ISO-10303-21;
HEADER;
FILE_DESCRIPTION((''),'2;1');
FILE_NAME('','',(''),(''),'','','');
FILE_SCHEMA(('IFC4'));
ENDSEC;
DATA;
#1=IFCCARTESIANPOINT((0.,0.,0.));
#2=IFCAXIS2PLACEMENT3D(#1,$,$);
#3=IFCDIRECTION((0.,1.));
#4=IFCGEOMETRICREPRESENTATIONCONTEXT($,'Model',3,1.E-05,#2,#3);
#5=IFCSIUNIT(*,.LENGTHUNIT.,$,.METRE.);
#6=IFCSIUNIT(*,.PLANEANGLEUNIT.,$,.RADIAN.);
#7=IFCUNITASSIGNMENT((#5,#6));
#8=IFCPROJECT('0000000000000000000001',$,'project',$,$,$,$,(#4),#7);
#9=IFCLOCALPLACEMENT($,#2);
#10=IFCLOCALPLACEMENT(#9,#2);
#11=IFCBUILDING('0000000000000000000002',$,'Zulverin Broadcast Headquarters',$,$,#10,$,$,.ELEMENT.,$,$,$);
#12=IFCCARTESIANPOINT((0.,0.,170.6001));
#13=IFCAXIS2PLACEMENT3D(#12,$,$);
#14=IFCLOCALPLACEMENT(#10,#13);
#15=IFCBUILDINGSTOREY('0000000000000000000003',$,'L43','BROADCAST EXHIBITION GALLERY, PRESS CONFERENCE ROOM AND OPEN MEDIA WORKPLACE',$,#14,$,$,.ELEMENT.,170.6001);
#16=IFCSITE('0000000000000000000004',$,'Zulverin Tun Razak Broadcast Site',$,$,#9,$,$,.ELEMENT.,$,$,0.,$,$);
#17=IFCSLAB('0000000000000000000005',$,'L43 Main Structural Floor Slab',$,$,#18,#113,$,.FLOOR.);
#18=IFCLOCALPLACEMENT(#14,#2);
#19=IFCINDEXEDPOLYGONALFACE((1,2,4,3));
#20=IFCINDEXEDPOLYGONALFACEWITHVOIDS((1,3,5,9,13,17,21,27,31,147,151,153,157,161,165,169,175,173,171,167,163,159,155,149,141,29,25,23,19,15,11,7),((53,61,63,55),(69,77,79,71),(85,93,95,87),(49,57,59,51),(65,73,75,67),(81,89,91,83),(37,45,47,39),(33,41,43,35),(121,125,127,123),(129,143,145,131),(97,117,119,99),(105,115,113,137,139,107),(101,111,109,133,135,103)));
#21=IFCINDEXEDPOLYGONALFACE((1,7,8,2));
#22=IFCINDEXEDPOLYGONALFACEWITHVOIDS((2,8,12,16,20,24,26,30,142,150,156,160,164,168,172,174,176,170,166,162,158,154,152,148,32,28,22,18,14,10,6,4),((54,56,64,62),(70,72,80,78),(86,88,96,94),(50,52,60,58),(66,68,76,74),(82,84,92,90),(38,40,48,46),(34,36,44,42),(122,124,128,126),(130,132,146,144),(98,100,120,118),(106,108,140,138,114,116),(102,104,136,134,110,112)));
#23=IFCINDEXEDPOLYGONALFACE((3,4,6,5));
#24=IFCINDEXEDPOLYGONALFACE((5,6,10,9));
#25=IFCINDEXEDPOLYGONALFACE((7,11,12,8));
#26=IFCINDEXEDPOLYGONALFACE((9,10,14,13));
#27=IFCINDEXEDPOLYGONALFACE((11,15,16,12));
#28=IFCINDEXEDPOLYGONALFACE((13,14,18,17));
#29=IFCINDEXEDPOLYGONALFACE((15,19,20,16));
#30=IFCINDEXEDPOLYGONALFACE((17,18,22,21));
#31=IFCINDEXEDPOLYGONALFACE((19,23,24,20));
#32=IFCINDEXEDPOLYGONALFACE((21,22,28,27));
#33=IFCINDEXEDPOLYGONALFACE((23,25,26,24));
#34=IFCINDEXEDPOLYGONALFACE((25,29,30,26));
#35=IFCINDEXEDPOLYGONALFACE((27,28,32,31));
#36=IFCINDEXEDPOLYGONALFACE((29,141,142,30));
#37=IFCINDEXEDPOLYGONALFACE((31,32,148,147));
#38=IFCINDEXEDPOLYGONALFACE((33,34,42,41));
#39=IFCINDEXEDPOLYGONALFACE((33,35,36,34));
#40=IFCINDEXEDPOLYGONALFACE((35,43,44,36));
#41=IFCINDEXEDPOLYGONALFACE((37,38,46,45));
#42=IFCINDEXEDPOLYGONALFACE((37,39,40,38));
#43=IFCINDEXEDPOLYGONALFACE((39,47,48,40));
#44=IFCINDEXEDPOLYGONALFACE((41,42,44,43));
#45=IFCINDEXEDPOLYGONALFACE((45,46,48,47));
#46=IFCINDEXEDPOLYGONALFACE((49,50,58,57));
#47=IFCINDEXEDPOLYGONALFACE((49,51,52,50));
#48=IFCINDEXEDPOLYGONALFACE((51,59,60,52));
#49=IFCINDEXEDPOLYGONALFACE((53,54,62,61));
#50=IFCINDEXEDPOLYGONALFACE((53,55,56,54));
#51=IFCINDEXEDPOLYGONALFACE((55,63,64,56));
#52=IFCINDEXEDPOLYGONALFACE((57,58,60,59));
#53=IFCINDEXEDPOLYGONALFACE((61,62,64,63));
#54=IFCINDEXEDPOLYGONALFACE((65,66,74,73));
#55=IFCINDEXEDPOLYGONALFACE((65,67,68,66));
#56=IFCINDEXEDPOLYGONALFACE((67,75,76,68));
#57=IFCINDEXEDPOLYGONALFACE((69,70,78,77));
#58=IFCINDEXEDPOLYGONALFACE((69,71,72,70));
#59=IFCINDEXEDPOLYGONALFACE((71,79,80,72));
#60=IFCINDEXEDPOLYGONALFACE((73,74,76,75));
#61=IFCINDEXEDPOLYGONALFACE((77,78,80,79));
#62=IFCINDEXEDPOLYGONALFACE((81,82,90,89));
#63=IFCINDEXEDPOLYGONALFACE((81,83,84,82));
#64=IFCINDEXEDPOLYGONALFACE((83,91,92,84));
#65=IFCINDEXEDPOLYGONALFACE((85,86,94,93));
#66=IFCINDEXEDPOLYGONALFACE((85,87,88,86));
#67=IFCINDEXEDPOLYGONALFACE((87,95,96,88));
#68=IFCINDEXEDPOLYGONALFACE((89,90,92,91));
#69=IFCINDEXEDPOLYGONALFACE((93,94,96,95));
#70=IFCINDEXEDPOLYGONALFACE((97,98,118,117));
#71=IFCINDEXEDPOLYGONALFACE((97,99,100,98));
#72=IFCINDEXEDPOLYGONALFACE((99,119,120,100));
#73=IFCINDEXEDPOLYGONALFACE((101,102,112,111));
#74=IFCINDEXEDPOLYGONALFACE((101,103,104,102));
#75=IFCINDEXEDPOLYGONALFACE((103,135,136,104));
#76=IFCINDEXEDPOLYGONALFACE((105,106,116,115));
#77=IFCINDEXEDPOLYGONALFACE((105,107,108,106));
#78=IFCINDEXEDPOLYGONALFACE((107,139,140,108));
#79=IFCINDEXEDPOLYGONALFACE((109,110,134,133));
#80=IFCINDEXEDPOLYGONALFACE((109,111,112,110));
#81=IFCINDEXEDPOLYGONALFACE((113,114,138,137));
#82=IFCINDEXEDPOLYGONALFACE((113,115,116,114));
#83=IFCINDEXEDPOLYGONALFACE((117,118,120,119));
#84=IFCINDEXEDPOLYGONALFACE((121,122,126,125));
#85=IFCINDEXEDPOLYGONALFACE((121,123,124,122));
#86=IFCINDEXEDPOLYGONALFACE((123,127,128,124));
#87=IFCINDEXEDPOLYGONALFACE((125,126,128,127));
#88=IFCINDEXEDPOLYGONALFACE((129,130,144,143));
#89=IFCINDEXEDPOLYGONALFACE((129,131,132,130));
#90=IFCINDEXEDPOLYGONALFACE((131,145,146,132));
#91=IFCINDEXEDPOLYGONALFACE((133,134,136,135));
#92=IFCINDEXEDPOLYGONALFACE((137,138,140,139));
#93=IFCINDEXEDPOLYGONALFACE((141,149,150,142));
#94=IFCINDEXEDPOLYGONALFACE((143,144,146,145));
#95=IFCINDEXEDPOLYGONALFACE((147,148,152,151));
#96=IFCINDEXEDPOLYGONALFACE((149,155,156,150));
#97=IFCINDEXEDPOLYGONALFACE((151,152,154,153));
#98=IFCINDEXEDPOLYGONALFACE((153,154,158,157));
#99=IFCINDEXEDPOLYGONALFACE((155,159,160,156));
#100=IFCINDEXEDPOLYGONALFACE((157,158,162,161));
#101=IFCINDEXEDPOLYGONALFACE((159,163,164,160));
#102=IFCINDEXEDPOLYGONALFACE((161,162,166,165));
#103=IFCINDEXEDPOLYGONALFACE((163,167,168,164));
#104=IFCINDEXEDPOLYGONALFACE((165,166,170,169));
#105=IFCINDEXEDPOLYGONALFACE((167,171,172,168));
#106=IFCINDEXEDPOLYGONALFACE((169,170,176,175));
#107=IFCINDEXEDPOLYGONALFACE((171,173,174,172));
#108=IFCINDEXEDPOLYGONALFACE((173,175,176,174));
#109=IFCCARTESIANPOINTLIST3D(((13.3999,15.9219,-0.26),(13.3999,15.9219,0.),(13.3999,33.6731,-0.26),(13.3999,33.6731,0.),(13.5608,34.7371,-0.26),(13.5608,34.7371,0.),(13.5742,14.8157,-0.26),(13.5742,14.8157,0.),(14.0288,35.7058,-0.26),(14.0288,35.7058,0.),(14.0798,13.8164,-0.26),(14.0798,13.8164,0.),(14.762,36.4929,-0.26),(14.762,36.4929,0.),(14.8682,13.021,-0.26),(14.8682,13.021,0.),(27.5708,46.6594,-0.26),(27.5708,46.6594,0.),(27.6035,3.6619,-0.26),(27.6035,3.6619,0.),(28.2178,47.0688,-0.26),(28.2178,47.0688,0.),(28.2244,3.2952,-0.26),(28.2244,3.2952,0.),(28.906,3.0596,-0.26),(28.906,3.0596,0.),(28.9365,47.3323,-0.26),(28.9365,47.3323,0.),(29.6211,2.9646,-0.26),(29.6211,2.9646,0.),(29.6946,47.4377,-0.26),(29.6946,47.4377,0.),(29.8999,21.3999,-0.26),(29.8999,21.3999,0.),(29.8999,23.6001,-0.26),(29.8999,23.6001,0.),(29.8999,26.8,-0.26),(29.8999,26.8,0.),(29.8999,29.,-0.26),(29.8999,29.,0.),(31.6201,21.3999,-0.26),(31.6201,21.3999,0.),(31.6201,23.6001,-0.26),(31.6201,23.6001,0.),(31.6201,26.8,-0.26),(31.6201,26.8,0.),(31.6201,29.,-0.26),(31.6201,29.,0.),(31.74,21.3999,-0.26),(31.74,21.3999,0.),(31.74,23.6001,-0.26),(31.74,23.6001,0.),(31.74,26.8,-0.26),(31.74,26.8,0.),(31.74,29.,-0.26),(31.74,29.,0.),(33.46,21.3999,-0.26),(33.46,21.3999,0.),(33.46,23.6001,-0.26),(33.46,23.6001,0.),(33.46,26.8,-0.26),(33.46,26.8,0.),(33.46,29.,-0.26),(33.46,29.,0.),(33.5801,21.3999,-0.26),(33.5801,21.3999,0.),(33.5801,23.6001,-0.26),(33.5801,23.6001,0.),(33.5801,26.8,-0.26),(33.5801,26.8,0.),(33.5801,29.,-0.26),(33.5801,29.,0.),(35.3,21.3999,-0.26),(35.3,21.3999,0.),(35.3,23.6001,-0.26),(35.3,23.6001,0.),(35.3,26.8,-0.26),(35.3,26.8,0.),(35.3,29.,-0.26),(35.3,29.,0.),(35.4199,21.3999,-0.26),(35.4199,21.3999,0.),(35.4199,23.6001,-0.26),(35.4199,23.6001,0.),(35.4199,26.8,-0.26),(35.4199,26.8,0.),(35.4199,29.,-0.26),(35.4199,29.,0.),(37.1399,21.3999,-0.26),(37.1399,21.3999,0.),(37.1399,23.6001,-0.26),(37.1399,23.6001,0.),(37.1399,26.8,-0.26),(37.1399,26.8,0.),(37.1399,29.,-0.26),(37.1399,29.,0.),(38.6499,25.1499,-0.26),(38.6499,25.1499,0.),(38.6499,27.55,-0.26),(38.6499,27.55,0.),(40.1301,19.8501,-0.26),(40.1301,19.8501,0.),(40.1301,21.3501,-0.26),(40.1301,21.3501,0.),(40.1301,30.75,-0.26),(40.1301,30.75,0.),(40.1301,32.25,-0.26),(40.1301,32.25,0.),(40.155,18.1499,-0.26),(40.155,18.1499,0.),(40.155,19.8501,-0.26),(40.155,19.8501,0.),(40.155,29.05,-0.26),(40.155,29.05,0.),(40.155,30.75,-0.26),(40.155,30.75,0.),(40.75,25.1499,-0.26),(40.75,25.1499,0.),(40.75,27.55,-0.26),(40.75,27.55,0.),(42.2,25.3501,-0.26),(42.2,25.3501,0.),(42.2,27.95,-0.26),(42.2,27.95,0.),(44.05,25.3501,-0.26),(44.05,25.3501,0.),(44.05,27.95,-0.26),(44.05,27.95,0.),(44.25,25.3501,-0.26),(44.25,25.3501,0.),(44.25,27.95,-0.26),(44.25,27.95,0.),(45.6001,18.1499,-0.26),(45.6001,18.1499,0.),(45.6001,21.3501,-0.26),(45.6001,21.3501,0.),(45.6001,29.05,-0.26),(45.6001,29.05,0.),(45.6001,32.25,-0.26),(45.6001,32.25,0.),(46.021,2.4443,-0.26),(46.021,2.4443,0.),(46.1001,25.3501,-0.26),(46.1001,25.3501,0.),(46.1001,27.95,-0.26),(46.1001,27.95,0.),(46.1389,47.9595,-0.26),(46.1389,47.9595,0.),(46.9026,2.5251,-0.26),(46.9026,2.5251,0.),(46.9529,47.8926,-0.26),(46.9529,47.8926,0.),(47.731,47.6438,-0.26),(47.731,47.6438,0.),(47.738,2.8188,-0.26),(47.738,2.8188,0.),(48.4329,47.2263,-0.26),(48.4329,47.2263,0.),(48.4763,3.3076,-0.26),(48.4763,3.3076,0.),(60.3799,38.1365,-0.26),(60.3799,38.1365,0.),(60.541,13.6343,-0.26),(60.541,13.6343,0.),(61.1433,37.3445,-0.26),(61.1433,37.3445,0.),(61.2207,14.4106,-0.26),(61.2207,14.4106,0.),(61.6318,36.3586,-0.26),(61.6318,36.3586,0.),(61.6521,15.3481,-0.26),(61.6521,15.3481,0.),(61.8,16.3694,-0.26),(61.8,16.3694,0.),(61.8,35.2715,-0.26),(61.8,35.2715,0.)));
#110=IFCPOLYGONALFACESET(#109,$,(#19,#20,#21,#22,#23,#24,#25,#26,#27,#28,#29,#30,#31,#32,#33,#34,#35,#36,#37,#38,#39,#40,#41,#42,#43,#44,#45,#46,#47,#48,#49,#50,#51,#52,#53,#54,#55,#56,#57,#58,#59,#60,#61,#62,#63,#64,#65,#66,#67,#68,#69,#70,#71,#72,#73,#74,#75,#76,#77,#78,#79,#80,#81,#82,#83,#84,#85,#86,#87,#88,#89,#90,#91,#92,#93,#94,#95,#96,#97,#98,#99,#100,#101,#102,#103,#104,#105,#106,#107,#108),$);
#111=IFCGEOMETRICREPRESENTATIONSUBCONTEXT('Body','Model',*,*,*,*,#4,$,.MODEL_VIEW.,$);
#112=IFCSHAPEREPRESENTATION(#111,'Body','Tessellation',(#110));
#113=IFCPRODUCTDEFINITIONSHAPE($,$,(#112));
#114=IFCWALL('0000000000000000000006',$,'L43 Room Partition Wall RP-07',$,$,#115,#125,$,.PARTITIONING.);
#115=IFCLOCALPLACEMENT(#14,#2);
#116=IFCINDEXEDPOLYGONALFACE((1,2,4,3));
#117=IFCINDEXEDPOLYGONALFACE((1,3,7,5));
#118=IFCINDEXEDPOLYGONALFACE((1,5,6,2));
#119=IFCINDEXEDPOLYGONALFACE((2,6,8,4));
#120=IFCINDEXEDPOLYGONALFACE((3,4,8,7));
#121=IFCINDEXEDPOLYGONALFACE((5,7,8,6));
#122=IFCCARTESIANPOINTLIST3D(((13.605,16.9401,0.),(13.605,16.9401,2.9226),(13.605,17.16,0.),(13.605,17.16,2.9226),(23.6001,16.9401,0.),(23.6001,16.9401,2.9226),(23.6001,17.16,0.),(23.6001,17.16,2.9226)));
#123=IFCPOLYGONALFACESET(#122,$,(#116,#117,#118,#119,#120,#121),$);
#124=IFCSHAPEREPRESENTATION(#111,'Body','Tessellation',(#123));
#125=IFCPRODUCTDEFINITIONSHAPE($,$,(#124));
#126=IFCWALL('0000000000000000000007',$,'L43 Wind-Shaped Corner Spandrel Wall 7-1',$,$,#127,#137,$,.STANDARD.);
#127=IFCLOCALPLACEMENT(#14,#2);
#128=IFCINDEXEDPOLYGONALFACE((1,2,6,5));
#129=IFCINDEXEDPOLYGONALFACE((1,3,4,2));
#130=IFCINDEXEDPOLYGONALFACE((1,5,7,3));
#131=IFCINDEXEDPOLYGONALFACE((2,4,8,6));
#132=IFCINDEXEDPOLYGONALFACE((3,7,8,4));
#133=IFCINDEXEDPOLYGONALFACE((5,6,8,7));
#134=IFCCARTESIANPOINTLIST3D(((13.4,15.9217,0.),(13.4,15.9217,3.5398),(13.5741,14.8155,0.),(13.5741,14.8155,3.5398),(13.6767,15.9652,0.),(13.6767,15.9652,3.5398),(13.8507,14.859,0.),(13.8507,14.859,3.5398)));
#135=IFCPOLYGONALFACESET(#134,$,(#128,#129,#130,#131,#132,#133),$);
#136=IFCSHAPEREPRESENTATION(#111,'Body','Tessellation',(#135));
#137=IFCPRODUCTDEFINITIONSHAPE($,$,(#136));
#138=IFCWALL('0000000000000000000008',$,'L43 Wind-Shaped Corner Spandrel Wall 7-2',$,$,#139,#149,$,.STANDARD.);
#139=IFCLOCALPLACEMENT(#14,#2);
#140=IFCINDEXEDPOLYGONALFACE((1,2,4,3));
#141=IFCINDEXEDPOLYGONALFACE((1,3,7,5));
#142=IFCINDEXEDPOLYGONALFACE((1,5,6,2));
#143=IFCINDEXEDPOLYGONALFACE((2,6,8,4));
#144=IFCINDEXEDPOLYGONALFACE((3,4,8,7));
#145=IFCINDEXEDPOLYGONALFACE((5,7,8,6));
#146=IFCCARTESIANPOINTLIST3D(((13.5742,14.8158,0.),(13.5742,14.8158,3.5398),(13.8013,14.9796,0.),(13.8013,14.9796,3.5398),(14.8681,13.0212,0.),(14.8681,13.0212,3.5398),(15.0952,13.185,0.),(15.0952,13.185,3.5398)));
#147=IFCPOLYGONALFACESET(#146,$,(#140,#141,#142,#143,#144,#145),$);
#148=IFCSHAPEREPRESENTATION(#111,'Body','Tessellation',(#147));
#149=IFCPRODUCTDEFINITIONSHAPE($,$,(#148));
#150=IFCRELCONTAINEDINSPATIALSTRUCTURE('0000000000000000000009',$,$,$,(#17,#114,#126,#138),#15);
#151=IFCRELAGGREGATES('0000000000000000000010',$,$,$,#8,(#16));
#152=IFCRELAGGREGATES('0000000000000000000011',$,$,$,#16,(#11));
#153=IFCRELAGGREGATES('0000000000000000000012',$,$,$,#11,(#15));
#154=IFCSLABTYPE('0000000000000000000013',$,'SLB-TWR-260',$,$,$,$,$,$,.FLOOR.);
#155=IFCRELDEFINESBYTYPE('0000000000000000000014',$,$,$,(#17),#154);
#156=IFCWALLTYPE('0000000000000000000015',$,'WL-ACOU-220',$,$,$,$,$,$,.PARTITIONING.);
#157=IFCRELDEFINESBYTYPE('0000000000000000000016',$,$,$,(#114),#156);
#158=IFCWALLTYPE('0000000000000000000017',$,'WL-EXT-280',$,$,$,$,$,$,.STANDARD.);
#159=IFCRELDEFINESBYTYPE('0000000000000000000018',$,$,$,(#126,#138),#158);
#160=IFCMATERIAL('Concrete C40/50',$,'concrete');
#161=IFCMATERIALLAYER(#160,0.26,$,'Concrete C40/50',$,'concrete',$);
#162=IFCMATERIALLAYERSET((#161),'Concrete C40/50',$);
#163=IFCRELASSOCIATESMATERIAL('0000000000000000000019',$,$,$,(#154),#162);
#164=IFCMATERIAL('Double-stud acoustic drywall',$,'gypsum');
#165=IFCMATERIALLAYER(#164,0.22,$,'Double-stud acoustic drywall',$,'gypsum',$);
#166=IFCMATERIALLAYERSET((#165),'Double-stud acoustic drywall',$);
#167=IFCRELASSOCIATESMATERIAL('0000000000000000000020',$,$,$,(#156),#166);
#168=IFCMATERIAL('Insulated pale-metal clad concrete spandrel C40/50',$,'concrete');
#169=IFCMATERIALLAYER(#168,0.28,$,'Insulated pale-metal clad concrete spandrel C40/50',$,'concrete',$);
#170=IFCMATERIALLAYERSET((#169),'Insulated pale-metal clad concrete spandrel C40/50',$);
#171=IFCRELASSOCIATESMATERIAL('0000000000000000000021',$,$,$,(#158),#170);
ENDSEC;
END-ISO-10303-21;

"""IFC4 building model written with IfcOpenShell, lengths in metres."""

from ifc_helpers import new_model, si_unit, direction, frame, frame_2d, origin, place, context, subcontext, project, spatial, polyline, rectangle, outline, extrude, material, layer, layer_set, type_object, element, save


model = new_model("IFC4")

# Units and contexts
model_context = context("Model", 3, precision=1e-05, world=origin(), true_north=direction((0.0, 1.0)))
body_context = subcontext(model_context, "Body", "Model", "MODEL_VIEW")
ifc_project = project(units=[si_unit("LENGTHUNIT", "METRE"), si_unit("PLANEANGLEUNIT", "RADIAN")], contexts=[model_context])

# Site, building, storey
site_placement = place(None, origin())
site = spatial("IfcSite", under=ifc_project, at=site_placement, Name="Zulverin Tun Razak Broadcast Site", CompositionType="ELEMENT", RefElevation=0.0)
building_placement = place(site_placement, origin())
building = spatial("IfcBuilding", under=site, at=building_placement, Name="Zulverin Broadcast Headquarters", CompositionType="ELEMENT")
storey_placement = place(building_placement, frame((0.0, 0.0, 170.6001)))
storey = spatial("IfcBuildingStorey", under=building, at=storey_placement, Name="L43", Description="BROADCAST EXHIBITION GALLERY, PRESS CONFERENCE ROOM AND OPEN MEDIA WORKPLACE", CompositionType="ELEMENT", Elevation=170.6001)

# Shared definitions
ifc_material_1 = material(Name="Concrete C40/50", Category="concrete")

# Slab
ifc_layer_1 = layer(ifc_material_1, 0.26, Name="Concrete C40/50", Category="concrete")
ifc_layer_set_1 = layer_set([ifc_layer_1], Name="Concrete C40/50")
slab_type_1 = type_object("IfcSlabType", Name="SLB-TWR-260", PredefinedType="FLOOR", material=ifc_layer_set_1)
slab_1_placement = place(storey_placement, frame((0.0, 0.0, -0.26)))
element("IfcSlab", 1, at=slab_1_placement, inside=storey, type_object=slab_type_1, Name="L43 Main Structural Floor Slab", PredefinedType="FLOOR", context=body_context, shape_type="SweptSolid", body=[
    extrude(outline(polyline([(27.6035, 3.6619), (28.2244, 3.2952), (28.906, 3.0596), (29.6211, 2.9646), (46.021, 2.4443), (46.9026, 2.5251), (47.738, 2.8188), (48.4763, 3.3076), (60.541, 13.6343), (61.2207, 14.4106), (61.6521, 15.3481), (61.8, 16.3694), (61.8, 35.2715), (61.6318, 36.3586), (61.1433, 37.3445), (60.3799, 38.1365), (48.4329, 47.2263), (47.731, 47.6438), (46.9529, 47.8926), (46.1389, 47.9595), (29.6946, 47.4377), (28.9365, 47.3323), (28.2178, 47.0688), (27.5708, 46.6594), (14.762, 36.4929), (14.0288, 35.7058), (13.5608, 34.7371), (13.3999, 33.6731), (13.3999, 15.9219), (13.5742, 14.8157), (14.0798, 13.8164), (14.8682, 13.021), (27.6035, 3.6619)]), holes=[polyline([(40.155, 30.75), (40.1301, 30.75), (40.1301, 32.25), (45.6001, 32.25), (45.6001, 29.05), (40.155, 29.05), (40.155, 30.75)]), polyline([(40.155, 19.8501), (40.1301, 19.8501), (40.1301, 21.3501), (45.6001, 21.3501), (45.6001, 18.1499), (40.155, 18.1499), (40.155, 19.8501)]), polyline([(29.8999, 21.3999), (31.6201, 21.3999), (31.6201, 23.6001), (29.8999, 23.6001), (29.8999, 21.3999)]), polyline([(31.74, 21.3999), (33.46, 21.3999), (33.46, 23.6001), (31.74, 23.6001), (31.74, 21.3999)]), polyline([(33.5801, 21.3999), (35.3, 21.3999), (35.3, 23.6001), (33.5801, 23.6001), (33.5801, 21.3999)]), polyline([(35.4199, 21.3999), (37.1399, 21.3999), (37.1399, 23.6001), (35.4199, 23.6001), (35.4199, 21.3999)]), polyline([(29.8999, 26.8), (31.6201, 26.8), (31.6201, 29.0), (29.8999, 29.0), (29.8999, 26.8)]), polyline([(31.74, 26.8), (33.46, 26.8), (33.46, 29.0), (31.74, 29.0), (31.74, 26.8)]), polyline([(33.5801, 26.8), (35.3, 26.8), (35.3, 29.0), (33.5801, 29.0), (33.5801, 26.8)]), polyline([(35.4199, 26.8), (37.1399, 26.8), (37.1399, 29.0), (35.4199, 29.0), (35.4199, 26.8)]), polyline([(42.2, 25.3501), (44.05, 25.3501), (44.05, 27.95), (42.2, 27.95), (42.2, 25.3501)]), polyline([(44.25, 25.3501), (46.1001, 25.3501), (46.1001, 27.95), (44.25, 27.95), (44.25, 25.3501)]), polyline([(38.6499, 25.1499), (40.75, 25.1499), (40.75, 27.55), (38.6499, 27.55), (38.6499, 25.1499)])]), origin(), (0.0, 0.0, 1.0), 0.26),
])

# Walls
ifc_material_2 = material(Name="Double-stud acoustic drywall", Category="gypsum")
ifc_layer_2 = layer(ifc_material_2, 0.22, Name="Double-stud acoustic drywall", Category="gypsum")
ifc_layer_set_2 = layer_set([ifc_layer_2], Name="Double-stud acoustic drywall")
wall_type_1 = type_object("IfcWallType", Name="WL-ACOU-220", PredefinedType="PARTITIONING", material=ifc_layer_set_2)
wall_1_placement = place(storey_placement, frame((13.605, 17.05, 0.0), z_axis=(0.0, 0.0, 1.0), x_axis=(1.0, 0.0, 0.0)))
element("IfcWall", 2, at=wall_1_placement, inside=storey, type_object=wall_type_1, Name="L43 Room Partition Wall RP-07", PredefinedType="PARTITIONING", context=body_context, shape_type="SweptSolid", body=[
    extrude(rectangle(XDim=9.9951, YDim=0.22, at=frame_2d((4.9976, 0.0))), origin(), (0.0, 0.0, 1.0), 2.9226),
])
ifc_material_3 = material(Name="Insulated pale-metal clad concrete spandrel C40/50", Category="concrete")
ifc_layer_3 = layer(ifc_material_3, 0.28, Name="Insulated pale-metal clad concrete spandrel C40/50", Category="concrete")
ifc_layer_set_3 = layer_set([ifc_layer_3], Name="Insulated pale-metal clad concrete spandrel C40/50")
wall_type_2 = type_object("IfcWallType", Name="WL-EXT-280", PredefinedType="STANDARD", material=ifc_layer_set_3)
wall_2_placement = place(storey_placement, frame((13.5383, 15.9436, 0.0), z_axis=(0.0, 0.0, 1.0), x_axis=(0.155448, -0.987844, 0.0)))
element("IfcWall", 3, at=wall_2_placement, inside=storey, type_object=wall_type_2, Name="L43 Wind-Shaped Corner Spandrel Wall 7-1", PredefinedType="STANDARD", context=body_context, shape_type="SweptSolid", body=[
    extrude(rectangle(XDim=1.1199, YDim=0.28, at=frame_2d((0.5601, 0.0))), origin(), (0.0, 0.0, 1.0), 3.5398),
])
wall_3_placement = place(storey_placement, frame((13.6877, 14.8977, 0.0), z_axis=(0.0, 0.0, 1.0), x_axis=(0.584834, -0.811153, 0.0)))
element("IfcWall", 4, at=wall_3_placement, inside=storey, type_object=wall_type_2, Name="L43 Wind-Shaped Corner Spandrel Wall 7-2", PredefinedType="STANDARD", context=body_context, shape_type="SweptSolid", body=[
    extrude(rectangle(XDim=2.2124, YDim=0.28, at=frame_2d((1.1062, 0.0))), origin(), (0.0, 0.0, 1.0), 3.5398),
])

save(model, "model.ifc")
